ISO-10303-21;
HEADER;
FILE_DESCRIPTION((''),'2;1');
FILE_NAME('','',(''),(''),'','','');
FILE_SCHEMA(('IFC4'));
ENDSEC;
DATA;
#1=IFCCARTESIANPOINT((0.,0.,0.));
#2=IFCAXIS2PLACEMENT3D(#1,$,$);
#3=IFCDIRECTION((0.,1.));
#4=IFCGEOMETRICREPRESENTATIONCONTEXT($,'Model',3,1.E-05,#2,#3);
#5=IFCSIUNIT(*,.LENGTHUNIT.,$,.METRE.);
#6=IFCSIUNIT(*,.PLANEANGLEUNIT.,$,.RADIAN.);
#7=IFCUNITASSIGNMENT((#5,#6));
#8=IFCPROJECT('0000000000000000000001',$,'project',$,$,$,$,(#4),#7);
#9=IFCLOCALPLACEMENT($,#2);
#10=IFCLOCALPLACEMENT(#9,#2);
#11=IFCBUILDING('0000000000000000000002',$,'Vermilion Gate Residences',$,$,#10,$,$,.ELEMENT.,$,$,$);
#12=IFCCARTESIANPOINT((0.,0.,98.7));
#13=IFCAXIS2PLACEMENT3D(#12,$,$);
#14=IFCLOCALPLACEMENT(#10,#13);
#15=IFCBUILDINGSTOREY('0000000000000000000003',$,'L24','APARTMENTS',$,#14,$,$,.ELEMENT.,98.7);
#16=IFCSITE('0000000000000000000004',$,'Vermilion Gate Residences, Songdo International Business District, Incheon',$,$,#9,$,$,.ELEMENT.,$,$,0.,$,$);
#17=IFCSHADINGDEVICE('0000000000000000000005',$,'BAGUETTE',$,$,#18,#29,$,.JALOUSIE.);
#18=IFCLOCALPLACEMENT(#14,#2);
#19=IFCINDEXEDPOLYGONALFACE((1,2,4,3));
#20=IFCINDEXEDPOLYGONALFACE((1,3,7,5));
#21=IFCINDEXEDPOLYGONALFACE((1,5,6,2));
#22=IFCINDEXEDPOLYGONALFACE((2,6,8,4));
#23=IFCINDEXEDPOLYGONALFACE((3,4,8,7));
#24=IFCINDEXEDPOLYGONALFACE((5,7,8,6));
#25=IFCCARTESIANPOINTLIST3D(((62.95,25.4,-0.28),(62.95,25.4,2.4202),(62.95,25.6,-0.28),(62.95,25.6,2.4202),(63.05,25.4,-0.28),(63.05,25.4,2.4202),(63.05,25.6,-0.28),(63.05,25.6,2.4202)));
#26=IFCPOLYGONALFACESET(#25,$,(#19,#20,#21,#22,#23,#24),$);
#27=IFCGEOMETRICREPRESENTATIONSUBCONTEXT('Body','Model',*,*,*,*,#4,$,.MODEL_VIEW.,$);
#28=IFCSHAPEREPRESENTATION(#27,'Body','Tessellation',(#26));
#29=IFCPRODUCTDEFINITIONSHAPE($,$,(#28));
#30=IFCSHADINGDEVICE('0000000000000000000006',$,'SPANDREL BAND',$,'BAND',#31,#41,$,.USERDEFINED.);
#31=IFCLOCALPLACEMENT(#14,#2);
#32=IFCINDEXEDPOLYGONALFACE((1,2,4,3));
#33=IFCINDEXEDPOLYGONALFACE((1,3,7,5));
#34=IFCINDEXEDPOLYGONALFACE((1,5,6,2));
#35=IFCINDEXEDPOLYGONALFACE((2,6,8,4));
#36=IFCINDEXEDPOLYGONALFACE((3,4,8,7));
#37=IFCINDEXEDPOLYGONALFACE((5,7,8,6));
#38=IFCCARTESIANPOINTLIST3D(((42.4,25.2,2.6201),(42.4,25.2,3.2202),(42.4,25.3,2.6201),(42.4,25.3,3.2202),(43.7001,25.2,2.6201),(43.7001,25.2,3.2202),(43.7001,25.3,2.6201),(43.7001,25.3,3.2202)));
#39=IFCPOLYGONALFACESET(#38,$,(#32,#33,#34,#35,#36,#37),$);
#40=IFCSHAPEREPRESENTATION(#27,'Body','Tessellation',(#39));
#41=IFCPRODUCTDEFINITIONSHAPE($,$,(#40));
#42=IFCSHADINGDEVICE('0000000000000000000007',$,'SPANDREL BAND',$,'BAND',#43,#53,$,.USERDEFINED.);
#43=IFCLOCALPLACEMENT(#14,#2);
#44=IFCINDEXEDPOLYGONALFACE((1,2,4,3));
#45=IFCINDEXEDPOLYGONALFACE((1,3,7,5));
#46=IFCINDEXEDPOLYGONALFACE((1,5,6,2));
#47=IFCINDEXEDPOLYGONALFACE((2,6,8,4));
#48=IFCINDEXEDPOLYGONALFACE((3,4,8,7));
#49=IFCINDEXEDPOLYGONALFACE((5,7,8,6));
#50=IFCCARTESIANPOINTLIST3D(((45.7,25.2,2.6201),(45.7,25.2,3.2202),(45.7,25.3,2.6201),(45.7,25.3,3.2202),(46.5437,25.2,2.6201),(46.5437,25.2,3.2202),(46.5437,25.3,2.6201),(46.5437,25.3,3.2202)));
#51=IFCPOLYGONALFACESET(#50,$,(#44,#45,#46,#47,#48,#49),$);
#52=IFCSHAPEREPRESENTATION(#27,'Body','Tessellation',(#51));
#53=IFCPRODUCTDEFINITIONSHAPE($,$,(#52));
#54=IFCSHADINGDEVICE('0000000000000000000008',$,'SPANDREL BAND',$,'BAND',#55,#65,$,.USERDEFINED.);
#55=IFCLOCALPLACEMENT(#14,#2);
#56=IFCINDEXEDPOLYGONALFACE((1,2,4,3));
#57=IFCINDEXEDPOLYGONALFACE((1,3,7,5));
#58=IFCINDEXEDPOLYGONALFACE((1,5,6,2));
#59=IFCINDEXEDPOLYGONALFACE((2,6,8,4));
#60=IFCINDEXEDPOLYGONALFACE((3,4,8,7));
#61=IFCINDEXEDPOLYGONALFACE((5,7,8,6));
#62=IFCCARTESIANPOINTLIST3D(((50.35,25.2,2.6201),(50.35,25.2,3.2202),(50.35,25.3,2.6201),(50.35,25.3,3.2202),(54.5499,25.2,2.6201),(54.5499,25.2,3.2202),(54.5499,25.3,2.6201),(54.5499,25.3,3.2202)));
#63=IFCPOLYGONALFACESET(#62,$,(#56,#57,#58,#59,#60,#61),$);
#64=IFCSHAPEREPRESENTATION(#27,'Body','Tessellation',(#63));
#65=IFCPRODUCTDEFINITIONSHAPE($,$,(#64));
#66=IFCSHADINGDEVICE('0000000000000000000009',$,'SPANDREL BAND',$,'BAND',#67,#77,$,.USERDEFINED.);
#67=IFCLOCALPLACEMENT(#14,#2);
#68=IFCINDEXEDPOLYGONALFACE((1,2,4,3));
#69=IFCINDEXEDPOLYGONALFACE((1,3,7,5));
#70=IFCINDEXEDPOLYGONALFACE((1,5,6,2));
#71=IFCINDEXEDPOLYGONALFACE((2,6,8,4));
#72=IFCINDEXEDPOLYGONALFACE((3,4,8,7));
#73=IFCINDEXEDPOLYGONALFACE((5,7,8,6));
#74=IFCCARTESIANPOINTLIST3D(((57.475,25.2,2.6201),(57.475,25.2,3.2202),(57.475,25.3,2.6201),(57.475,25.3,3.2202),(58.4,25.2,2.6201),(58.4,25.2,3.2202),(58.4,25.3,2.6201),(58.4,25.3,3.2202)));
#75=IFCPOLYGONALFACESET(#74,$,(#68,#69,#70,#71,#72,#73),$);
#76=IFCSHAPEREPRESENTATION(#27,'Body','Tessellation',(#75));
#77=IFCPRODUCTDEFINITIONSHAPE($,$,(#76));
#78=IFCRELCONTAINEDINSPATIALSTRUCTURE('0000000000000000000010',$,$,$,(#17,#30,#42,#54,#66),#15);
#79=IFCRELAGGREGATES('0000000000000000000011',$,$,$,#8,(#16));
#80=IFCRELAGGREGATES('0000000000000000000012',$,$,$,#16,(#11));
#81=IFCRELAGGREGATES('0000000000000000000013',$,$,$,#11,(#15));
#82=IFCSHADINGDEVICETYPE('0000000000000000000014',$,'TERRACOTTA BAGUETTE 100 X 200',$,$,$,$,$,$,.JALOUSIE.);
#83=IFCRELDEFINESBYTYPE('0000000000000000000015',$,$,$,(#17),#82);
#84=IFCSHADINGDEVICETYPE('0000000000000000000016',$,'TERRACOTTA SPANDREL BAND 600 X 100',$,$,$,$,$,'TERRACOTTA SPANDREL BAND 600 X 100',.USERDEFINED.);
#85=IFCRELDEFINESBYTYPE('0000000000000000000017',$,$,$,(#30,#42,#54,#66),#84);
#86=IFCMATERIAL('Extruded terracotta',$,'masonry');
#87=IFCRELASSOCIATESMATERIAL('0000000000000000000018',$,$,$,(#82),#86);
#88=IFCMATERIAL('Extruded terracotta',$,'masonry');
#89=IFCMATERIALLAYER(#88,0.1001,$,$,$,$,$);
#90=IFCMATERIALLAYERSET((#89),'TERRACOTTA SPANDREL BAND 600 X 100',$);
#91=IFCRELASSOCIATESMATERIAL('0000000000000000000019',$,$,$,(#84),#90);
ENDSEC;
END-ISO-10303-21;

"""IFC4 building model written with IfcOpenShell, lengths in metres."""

from ifc_helpers import new_model, si_unit, direction, frame, origin, origin_2d, place, context, subcontext, project, spatial, rectangle, extrude, material, layer, layer_set, material_profile, profile_set, type_object, element, save


model = new_model("IFC4")

# Units and contexts
model_context = context("Model", 3, precision=1e-05, world=origin(), true_north=direction((0.0, 1.0)))
body_context = subcontext(model_context, "Body", "Model", "MODEL_VIEW")
ifc_project = project(units=[si_unit("LENGTHUNIT", "METRE"), si_unit("PLANEANGLEUNIT", "RADIAN")], contexts=[model_context])

# Site, building, storey
site_placement = place(None, origin())
site = spatial("IfcSite", under=ifc_project, at=site_placement, Name="Vermilion Gate Residences, Songdo International Business District, Incheon", CompositionType="ELEMENT", RefElevation=0.0)
building_placement = place(site_placement, origin())
building = spatial("IfcBuilding", under=site, at=building_placement, Name="Vermilion Gate Residences", CompositionType="ELEMENT")
storey_placement = place(building_placement, frame((0.0, 0.0, 98.7)))
storey = spatial("IfcBuildingStorey", under=building, at=storey_placement, Name="L24", Description="APARTMENTS", CompositionType="ELEMENT", Elevation=98.7)

# Shading devices
ifc_material_1 = material(Name="Extruded terracotta", Category="masonry")
ifc_material_profile_1 = material_profile(ifc_material_1, rectangle(XDim=0.2, YDim=0.1001, at=origin_2d()), Name="BAGUETTE 100 X 200")
ifc_profile_set_1 = profile_set([ifc_material_profile_1], Name="Extruded terracotta")
shading_device_type_1 = type_object("IfcShadingDeviceType", Name="TERRACOTTA BAGUETTE 100 X 200", PredefinedType="JALOUSIE", material=ifc_profile_set_1)
for number, where, z_axis, x_axis, name in (
    (1, (63.0, 25.5, -0.28), (0.0, 0.0, 1.0), (0.0, -1.0, 0.0), "BAGUETTE"),
):
    element("IfcShadingDevice", number, at=place(storey_placement, frame(where, z_axis=z_axis, x_axis=x_axis)), inside=storey, type_object=shading_device_type_1, Name=name, PredefinedType="JALOUSIE", context=body_context, shape_type="SweptSolid", body=[
        extrude(rectangle(XDim=0.2, YDim=0.1001, at=origin_2d()), origin(), (0.0, 0.0, 1.0), 2.7002),
    ])
ifc_material_2 = material(Name="Extruded terracotta", Category="masonry")
ifc_layer_1 = layer(ifc_material_2, 0.1001)
ifc_layer_set_1 = layer_set([ifc_layer_1], Name="TERRACOTTA SPANDREL BAND 600 X 100")
shading_device_type_2 = type_object("IfcShadingDeviceType", Name="TERRACOTTA SPANDREL BAND 600 X 100", ElementType="TERRACOTTA SPANDREL BAND 600 X 100", PredefinedType="USERDEFINED", material=ifc_layer_set_1)
shading_device_1_placement = place(storey_placement, frame((43.05, 25.25, 2.6201), z_axis=(0.0, 0.0, 1.0), x_axis=(1.0, 0.0, 0.0)))
element("IfcShadingDevice", 2, at=shading_device_1_placement, inside=storey, type_object=shading_device_type_2, Name="SPANDREL BAND", ObjectType="BAND", PredefinedType="USERDEFINED", context=body_context, shape_type="SweptSolid", body=[
    extrude(rectangle(XDim=1.3, YDim=0.1001, at=origin_2d()), origin(), (0.0, 0.0, 1.0), 0.6001),
])
shading_device_2_placement = place(storey_placement, frame((46.1218, 25.25, 2.6201), z_axis=(0.0, 0.0, 1.0), x_axis=(1.0, 0.0, 0.0)))
element("IfcShadingDevice", 3, at=shading_device_2_placement, inside=storey, type_object=shading_device_type_2, Name="SPANDREL BAND", ObjectType="BAND", PredefinedType="USERDEFINED", context=body_context, shape_type="SweptSolid", body=[
    extrude(rectangle(XDim=0.8438, YDim=0.1001, at=origin_2d()), origin(), (0.0, 0.0, 1.0), 0.6001),
])
shading_device_3_placement = place(storey_placement, frame((52.45, 25.25, 2.6201), z_axis=(0.0, 0.0, 1.0), x_axis=(1.0, 0.0, 0.0)))
element("IfcShadingDevice", 4, at=shading_device_3_placement, inside=storey, type_object=shading_device_type_2, Name="SPANDREL BAND", ObjectType="BAND", PredefinedType="USERDEFINED", context=body_context, shape_type="SweptSolid", body=[
    extrude(rectangle(XDim=4.2, YDim=0.1001, at=origin_2d()), origin(), (0.0, 0.0, 1.0), 0.6001),
])
shading_device_4_placement = place(storey_placement, frame((57.9375, 25.25, 2.6201), z_axis=(0.0, 0.0, 1.0), x_axis=(1.0, 0.0, 0.0)))
element("IfcShadingDevice", 5, at=shading_device_4_placement, inside=storey, type_object=shading_device_type_2, Name="SPANDREL BAND", ObjectType="BAND", PredefinedType="USERDEFINED", context=body_context, shape_type="SweptSolid", body=[
    extrude(rectangle(XDim=0.925, YDim=0.1001, at=origin_2d()), origin(), (0.0, 0.0, 1.0), 0.6001),
])

save(model, "model.ifc")
